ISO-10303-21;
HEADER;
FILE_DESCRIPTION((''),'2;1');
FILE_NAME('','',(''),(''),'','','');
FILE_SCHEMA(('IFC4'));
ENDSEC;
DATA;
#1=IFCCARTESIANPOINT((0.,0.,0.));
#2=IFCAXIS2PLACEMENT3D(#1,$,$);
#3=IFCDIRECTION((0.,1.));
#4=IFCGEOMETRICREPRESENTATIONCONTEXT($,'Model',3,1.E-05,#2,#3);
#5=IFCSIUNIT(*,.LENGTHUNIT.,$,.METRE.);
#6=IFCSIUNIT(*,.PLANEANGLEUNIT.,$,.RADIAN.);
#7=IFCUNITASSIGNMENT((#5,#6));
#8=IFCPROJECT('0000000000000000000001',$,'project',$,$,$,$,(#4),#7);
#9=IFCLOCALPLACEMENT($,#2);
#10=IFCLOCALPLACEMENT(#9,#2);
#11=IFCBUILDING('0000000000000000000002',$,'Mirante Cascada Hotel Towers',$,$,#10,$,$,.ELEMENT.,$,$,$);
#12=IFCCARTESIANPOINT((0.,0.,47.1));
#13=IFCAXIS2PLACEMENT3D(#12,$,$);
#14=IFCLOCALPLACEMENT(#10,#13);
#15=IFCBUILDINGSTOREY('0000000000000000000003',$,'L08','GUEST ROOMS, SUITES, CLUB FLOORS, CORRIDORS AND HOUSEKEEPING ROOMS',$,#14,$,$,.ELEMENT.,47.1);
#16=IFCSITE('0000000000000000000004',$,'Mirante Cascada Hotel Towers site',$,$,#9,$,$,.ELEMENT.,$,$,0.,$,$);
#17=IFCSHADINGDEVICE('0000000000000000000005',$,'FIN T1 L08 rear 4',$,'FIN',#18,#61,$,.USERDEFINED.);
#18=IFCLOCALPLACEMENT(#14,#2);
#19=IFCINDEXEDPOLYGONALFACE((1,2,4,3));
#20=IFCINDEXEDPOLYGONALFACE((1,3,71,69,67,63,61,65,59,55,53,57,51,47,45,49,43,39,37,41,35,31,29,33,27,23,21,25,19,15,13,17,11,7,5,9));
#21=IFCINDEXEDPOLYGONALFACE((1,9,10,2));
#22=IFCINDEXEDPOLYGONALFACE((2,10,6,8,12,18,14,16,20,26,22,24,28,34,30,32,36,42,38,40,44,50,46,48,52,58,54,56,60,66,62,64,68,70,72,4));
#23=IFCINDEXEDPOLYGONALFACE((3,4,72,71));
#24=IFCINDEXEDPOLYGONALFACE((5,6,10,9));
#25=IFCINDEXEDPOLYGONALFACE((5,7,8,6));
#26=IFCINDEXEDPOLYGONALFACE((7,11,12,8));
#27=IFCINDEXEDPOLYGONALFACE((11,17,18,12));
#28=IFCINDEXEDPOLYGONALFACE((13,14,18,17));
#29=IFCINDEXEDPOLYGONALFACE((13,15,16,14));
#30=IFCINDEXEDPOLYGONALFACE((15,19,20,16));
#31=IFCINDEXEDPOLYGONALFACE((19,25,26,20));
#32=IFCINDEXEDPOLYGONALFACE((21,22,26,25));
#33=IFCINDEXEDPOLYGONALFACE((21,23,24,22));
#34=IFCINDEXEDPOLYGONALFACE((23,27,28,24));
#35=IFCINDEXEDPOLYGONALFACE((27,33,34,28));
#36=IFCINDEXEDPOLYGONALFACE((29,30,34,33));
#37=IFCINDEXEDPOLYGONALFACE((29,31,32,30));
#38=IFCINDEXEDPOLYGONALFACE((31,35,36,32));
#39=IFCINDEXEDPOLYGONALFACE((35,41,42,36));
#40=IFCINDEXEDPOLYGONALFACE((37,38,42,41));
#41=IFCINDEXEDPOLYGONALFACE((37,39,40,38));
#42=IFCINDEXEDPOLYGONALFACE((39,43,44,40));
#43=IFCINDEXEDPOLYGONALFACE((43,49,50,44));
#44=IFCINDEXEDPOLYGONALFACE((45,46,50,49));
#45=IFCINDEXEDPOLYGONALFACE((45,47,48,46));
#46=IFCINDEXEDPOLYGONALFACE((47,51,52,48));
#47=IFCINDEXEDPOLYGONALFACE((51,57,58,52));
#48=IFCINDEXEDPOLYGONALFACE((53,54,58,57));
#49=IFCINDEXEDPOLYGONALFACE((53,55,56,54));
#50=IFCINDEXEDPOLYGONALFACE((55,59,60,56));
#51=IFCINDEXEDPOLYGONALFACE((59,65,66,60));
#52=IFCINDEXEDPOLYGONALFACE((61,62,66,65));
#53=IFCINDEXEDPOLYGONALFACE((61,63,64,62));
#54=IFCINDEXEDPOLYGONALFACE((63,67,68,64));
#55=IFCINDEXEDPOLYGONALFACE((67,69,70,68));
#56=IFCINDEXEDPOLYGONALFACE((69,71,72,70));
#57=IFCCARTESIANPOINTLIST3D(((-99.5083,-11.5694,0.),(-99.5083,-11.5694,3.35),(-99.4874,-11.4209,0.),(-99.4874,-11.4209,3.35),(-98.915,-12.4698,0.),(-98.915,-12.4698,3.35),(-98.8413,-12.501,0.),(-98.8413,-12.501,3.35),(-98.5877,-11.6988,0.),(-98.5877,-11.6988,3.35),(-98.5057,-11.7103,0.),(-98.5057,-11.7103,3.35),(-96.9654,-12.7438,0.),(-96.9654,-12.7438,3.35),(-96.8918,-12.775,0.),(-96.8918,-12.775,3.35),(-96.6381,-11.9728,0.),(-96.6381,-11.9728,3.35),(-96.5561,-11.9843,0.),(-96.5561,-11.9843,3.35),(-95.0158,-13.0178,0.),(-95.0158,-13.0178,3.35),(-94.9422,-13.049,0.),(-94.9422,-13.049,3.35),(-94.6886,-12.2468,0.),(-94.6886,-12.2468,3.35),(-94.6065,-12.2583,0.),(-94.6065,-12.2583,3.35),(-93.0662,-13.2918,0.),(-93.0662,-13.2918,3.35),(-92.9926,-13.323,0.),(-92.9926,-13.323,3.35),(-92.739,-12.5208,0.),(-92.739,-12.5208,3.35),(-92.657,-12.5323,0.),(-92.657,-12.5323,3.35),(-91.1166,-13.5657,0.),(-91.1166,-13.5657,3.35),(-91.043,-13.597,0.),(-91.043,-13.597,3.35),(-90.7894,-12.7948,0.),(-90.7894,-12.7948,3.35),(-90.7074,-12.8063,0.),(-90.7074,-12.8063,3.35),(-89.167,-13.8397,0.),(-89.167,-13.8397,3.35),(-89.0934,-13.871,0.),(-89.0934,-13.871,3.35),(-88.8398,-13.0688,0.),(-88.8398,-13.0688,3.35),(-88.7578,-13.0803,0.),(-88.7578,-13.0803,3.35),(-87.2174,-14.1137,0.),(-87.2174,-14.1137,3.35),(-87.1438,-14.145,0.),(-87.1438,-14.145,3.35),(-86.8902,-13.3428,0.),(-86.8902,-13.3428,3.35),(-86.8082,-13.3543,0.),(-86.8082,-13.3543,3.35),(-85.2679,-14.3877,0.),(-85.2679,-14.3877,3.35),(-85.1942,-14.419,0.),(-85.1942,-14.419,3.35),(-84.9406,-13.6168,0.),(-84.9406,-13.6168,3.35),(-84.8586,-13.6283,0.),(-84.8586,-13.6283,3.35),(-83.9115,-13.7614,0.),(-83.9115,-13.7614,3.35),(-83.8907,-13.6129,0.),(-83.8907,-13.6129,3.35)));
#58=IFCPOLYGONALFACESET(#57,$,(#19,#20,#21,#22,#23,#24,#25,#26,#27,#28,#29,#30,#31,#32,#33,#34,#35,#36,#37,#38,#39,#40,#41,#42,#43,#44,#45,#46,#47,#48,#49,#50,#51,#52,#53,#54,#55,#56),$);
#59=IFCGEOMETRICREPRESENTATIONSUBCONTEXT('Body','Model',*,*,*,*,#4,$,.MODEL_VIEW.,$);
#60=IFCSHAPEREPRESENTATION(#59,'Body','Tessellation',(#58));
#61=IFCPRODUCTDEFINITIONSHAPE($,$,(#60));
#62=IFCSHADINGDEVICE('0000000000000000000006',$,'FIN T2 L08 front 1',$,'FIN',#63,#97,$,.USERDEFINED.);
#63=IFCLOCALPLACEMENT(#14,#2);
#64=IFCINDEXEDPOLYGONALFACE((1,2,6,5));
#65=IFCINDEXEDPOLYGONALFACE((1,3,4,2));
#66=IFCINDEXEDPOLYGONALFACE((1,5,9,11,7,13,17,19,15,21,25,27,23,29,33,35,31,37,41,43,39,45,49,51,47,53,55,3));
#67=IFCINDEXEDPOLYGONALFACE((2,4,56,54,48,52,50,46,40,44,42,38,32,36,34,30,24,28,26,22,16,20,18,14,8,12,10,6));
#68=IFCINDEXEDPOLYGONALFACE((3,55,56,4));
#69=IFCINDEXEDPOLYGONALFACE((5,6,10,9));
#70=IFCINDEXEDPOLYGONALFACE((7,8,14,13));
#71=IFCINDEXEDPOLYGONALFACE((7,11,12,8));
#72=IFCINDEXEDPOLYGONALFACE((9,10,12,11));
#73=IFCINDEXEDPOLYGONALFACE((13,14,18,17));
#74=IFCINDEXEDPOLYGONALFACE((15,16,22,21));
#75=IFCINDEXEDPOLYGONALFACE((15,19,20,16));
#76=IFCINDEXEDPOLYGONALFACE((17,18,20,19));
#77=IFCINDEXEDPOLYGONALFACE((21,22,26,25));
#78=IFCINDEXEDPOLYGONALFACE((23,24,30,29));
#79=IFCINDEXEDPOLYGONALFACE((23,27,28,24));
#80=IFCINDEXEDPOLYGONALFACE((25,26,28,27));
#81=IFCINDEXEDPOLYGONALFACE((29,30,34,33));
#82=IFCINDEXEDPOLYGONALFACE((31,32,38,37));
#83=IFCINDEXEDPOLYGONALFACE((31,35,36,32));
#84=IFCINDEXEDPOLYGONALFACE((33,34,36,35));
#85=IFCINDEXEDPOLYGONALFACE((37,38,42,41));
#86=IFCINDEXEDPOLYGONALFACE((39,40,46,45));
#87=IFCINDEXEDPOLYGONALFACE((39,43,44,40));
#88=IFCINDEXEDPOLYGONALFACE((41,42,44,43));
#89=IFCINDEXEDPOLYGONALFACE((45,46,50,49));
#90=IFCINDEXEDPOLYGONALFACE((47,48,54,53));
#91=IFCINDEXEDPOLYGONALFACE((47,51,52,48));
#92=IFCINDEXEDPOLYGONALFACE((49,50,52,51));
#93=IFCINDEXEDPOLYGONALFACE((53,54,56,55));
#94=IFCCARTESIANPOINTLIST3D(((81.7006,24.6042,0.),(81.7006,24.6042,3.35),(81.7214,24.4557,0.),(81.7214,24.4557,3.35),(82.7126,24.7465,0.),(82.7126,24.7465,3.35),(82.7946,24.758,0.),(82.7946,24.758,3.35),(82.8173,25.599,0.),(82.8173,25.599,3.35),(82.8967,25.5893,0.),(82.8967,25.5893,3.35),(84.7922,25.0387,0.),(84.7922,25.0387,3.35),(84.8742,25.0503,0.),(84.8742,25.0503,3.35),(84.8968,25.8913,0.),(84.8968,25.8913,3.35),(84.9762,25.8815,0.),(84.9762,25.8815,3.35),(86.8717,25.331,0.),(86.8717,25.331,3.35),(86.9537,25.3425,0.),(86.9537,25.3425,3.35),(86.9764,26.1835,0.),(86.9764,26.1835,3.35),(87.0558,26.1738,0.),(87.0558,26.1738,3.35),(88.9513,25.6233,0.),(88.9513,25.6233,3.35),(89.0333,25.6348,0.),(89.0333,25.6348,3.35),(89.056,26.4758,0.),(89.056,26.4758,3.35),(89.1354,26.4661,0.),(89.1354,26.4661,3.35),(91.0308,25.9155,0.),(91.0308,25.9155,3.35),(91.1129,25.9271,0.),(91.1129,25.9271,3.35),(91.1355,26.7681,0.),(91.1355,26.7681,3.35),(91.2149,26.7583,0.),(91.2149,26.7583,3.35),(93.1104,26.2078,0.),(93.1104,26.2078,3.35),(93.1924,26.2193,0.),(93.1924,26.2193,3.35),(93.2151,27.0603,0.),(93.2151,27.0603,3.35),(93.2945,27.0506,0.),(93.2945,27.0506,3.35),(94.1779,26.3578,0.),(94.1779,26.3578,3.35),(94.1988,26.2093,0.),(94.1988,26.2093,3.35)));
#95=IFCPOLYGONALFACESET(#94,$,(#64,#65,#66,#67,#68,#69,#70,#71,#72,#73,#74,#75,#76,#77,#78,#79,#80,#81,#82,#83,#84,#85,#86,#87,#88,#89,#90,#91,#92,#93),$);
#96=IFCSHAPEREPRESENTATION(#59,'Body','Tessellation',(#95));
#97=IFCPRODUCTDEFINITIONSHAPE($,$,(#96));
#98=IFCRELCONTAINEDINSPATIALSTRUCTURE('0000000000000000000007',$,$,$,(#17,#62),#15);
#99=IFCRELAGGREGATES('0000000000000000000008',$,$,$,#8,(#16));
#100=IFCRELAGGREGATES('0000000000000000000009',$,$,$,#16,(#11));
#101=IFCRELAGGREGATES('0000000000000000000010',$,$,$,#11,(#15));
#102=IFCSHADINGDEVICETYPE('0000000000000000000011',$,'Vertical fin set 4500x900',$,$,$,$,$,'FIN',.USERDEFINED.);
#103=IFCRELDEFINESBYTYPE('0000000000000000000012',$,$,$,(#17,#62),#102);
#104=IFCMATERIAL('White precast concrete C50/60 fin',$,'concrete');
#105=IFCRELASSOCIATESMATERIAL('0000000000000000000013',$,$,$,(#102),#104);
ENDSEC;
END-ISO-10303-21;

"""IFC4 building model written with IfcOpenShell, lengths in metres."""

from ifc_helpers import new_model, si_unit, direction, frame, origin, place, context, subcontext, project, spatial, polyline, outline, extrude, material, type_object, element, save


model = new_model("IFC4")

# Units and contexts
model_context = context("Model", 3, precision=1e-05, world=origin(), true_north=direction((0.0, 1.0)))
body_context = subcontext(model_context, "Body", "Model", "MODEL_VIEW")
ifc_project = project(units=[si_unit("LENGTHUNIT", "METRE"), si_unit("PLANEANGLEUNIT", "RADIAN")], contexts=[model_context])

# Site, building, storey
site_placement = place(None, origin())
site = spatial("IfcSite", under=ifc_project, at=site_placement, Name="Mirante Cascada Hotel Towers site", CompositionType="ELEMENT", RefElevation=0.0)
building_placement = place(site_placement, origin())
building = spatial("IfcBuilding", under=site, at=building_placement, Name="Mirante Cascada Hotel Towers", CompositionType="ELEMENT")
storey_placement = place(building_placement, frame((0.0, 0.0, 47.1)))
storey = spatial("IfcBuildingStorey", under=building, at=storey_placement, Name="L08", Description="GUEST ROOMS, SUITES, CLUB FLOORS, CORRIDORS AND HOUSEKEEPING ROOMS", CompositionType="ELEMENT", Elevation=47.1)

# Shading devices
ifc_material_1 = material(Name="White precast concrete C50/60 fin", Category="concrete")
shading_device_type = type_object("IfcShadingDeviceType", Name="Vertical fin set 4500x900", ElementType="FIN", PredefinedType="USERDEFINED", material=ifc_material_1)
shading_device_1_placement = place(storey_placement, origin())
element("IfcShadingDevice", 1, at=shading_device_1_placement, inside=storey, type_object=shading_device_type, Name="FIN T1 L08 rear 4", ObjectType="FIN", PredefinedType="USERDEFINED", context=body_context, shape_type="SweptSolid", body=[
    extrude(outline(polyline([(-84.9406, -13.6168), (-86.8082, -13.3543), (-87.1438, -14.145), (-87.2174, -14.1137), (-86.8902, -13.3428), (-88.7578, -13.0803), (-89.0934, -13.871), (-89.167, -13.8397), (-88.8398, -13.0688), (-90.7074, -12.8063), (-91.043, -13.597), (-91.1166, -13.5657), (-90.7894, -12.7948), (-92.657, -12.5323), (-92.9926, -13.323), (-93.0662, -13.2918), (-92.739, -12.5208), (-94.6065, -12.2583), (-94.9422, -13.049), (-95.0158, -13.0178), (-94.6886, -12.2468), (-96.5561, -11.9843), (-96.8918, -12.775), (-96.9654, -12.7438), (-96.6381, -11.9728), (-98.5057, -11.7103), (-98.8413, -12.501), (-98.915, -12.4698), (-98.5877, -11.6988), (-99.5083, -11.5694), (-99.4874, -11.4209), (-83.8907, -13.6129), (-83.9115, -13.7614), (-84.8586, -13.6283), (-85.1942, -14.419), (-85.2679, -14.3877), (-84.9406, -13.6168)])), origin(), (0.0, 0.0, 1.0), 3.35),
])
shading_device_2_placement = place(storey_placement, origin())
element("IfcShadingDevice", 2, at=shading_device_2_placement, inside=storey, type_object=shading_device_type, Name="FIN T2 L08 front 1", ObjectType="FIN", PredefinedType="USERDEFINED", context=body_context, shape_type="SweptSolid", body=[
    extrude(outline(polyline([(82.8967, 25.5893), (82.7946, 24.758), (84.7922, 25.0387), (84.8968, 25.8913), (84.9762, 25.8815), (84.8742, 25.0503), (86.8717, 25.331), (86.9764, 26.1835), (87.0558, 26.1738), (86.9537, 25.3425), (88.9513, 25.6233), (89.056, 26.4758), (89.1354, 26.4661), (89.0333, 25.6348), (91.0308, 25.9155), (91.1355, 26.7681), (91.2149, 26.7583), (91.1129, 25.9271), (93.1104, 26.2078), (93.2151, 27.0603), (93.2945, 27.0506), (93.1924, 26.2193), (94.1779, 26.3578), (94.1988, 26.2093), (81.7214, 24.4557), (81.7006, 24.6042), (82.7126, 24.7465), (82.8173, 25.599), (82.8967, 25.5893)])), origin(), (0.0, 0.0, 1.0), 3.35),
])

save(model, "model.ifc")
